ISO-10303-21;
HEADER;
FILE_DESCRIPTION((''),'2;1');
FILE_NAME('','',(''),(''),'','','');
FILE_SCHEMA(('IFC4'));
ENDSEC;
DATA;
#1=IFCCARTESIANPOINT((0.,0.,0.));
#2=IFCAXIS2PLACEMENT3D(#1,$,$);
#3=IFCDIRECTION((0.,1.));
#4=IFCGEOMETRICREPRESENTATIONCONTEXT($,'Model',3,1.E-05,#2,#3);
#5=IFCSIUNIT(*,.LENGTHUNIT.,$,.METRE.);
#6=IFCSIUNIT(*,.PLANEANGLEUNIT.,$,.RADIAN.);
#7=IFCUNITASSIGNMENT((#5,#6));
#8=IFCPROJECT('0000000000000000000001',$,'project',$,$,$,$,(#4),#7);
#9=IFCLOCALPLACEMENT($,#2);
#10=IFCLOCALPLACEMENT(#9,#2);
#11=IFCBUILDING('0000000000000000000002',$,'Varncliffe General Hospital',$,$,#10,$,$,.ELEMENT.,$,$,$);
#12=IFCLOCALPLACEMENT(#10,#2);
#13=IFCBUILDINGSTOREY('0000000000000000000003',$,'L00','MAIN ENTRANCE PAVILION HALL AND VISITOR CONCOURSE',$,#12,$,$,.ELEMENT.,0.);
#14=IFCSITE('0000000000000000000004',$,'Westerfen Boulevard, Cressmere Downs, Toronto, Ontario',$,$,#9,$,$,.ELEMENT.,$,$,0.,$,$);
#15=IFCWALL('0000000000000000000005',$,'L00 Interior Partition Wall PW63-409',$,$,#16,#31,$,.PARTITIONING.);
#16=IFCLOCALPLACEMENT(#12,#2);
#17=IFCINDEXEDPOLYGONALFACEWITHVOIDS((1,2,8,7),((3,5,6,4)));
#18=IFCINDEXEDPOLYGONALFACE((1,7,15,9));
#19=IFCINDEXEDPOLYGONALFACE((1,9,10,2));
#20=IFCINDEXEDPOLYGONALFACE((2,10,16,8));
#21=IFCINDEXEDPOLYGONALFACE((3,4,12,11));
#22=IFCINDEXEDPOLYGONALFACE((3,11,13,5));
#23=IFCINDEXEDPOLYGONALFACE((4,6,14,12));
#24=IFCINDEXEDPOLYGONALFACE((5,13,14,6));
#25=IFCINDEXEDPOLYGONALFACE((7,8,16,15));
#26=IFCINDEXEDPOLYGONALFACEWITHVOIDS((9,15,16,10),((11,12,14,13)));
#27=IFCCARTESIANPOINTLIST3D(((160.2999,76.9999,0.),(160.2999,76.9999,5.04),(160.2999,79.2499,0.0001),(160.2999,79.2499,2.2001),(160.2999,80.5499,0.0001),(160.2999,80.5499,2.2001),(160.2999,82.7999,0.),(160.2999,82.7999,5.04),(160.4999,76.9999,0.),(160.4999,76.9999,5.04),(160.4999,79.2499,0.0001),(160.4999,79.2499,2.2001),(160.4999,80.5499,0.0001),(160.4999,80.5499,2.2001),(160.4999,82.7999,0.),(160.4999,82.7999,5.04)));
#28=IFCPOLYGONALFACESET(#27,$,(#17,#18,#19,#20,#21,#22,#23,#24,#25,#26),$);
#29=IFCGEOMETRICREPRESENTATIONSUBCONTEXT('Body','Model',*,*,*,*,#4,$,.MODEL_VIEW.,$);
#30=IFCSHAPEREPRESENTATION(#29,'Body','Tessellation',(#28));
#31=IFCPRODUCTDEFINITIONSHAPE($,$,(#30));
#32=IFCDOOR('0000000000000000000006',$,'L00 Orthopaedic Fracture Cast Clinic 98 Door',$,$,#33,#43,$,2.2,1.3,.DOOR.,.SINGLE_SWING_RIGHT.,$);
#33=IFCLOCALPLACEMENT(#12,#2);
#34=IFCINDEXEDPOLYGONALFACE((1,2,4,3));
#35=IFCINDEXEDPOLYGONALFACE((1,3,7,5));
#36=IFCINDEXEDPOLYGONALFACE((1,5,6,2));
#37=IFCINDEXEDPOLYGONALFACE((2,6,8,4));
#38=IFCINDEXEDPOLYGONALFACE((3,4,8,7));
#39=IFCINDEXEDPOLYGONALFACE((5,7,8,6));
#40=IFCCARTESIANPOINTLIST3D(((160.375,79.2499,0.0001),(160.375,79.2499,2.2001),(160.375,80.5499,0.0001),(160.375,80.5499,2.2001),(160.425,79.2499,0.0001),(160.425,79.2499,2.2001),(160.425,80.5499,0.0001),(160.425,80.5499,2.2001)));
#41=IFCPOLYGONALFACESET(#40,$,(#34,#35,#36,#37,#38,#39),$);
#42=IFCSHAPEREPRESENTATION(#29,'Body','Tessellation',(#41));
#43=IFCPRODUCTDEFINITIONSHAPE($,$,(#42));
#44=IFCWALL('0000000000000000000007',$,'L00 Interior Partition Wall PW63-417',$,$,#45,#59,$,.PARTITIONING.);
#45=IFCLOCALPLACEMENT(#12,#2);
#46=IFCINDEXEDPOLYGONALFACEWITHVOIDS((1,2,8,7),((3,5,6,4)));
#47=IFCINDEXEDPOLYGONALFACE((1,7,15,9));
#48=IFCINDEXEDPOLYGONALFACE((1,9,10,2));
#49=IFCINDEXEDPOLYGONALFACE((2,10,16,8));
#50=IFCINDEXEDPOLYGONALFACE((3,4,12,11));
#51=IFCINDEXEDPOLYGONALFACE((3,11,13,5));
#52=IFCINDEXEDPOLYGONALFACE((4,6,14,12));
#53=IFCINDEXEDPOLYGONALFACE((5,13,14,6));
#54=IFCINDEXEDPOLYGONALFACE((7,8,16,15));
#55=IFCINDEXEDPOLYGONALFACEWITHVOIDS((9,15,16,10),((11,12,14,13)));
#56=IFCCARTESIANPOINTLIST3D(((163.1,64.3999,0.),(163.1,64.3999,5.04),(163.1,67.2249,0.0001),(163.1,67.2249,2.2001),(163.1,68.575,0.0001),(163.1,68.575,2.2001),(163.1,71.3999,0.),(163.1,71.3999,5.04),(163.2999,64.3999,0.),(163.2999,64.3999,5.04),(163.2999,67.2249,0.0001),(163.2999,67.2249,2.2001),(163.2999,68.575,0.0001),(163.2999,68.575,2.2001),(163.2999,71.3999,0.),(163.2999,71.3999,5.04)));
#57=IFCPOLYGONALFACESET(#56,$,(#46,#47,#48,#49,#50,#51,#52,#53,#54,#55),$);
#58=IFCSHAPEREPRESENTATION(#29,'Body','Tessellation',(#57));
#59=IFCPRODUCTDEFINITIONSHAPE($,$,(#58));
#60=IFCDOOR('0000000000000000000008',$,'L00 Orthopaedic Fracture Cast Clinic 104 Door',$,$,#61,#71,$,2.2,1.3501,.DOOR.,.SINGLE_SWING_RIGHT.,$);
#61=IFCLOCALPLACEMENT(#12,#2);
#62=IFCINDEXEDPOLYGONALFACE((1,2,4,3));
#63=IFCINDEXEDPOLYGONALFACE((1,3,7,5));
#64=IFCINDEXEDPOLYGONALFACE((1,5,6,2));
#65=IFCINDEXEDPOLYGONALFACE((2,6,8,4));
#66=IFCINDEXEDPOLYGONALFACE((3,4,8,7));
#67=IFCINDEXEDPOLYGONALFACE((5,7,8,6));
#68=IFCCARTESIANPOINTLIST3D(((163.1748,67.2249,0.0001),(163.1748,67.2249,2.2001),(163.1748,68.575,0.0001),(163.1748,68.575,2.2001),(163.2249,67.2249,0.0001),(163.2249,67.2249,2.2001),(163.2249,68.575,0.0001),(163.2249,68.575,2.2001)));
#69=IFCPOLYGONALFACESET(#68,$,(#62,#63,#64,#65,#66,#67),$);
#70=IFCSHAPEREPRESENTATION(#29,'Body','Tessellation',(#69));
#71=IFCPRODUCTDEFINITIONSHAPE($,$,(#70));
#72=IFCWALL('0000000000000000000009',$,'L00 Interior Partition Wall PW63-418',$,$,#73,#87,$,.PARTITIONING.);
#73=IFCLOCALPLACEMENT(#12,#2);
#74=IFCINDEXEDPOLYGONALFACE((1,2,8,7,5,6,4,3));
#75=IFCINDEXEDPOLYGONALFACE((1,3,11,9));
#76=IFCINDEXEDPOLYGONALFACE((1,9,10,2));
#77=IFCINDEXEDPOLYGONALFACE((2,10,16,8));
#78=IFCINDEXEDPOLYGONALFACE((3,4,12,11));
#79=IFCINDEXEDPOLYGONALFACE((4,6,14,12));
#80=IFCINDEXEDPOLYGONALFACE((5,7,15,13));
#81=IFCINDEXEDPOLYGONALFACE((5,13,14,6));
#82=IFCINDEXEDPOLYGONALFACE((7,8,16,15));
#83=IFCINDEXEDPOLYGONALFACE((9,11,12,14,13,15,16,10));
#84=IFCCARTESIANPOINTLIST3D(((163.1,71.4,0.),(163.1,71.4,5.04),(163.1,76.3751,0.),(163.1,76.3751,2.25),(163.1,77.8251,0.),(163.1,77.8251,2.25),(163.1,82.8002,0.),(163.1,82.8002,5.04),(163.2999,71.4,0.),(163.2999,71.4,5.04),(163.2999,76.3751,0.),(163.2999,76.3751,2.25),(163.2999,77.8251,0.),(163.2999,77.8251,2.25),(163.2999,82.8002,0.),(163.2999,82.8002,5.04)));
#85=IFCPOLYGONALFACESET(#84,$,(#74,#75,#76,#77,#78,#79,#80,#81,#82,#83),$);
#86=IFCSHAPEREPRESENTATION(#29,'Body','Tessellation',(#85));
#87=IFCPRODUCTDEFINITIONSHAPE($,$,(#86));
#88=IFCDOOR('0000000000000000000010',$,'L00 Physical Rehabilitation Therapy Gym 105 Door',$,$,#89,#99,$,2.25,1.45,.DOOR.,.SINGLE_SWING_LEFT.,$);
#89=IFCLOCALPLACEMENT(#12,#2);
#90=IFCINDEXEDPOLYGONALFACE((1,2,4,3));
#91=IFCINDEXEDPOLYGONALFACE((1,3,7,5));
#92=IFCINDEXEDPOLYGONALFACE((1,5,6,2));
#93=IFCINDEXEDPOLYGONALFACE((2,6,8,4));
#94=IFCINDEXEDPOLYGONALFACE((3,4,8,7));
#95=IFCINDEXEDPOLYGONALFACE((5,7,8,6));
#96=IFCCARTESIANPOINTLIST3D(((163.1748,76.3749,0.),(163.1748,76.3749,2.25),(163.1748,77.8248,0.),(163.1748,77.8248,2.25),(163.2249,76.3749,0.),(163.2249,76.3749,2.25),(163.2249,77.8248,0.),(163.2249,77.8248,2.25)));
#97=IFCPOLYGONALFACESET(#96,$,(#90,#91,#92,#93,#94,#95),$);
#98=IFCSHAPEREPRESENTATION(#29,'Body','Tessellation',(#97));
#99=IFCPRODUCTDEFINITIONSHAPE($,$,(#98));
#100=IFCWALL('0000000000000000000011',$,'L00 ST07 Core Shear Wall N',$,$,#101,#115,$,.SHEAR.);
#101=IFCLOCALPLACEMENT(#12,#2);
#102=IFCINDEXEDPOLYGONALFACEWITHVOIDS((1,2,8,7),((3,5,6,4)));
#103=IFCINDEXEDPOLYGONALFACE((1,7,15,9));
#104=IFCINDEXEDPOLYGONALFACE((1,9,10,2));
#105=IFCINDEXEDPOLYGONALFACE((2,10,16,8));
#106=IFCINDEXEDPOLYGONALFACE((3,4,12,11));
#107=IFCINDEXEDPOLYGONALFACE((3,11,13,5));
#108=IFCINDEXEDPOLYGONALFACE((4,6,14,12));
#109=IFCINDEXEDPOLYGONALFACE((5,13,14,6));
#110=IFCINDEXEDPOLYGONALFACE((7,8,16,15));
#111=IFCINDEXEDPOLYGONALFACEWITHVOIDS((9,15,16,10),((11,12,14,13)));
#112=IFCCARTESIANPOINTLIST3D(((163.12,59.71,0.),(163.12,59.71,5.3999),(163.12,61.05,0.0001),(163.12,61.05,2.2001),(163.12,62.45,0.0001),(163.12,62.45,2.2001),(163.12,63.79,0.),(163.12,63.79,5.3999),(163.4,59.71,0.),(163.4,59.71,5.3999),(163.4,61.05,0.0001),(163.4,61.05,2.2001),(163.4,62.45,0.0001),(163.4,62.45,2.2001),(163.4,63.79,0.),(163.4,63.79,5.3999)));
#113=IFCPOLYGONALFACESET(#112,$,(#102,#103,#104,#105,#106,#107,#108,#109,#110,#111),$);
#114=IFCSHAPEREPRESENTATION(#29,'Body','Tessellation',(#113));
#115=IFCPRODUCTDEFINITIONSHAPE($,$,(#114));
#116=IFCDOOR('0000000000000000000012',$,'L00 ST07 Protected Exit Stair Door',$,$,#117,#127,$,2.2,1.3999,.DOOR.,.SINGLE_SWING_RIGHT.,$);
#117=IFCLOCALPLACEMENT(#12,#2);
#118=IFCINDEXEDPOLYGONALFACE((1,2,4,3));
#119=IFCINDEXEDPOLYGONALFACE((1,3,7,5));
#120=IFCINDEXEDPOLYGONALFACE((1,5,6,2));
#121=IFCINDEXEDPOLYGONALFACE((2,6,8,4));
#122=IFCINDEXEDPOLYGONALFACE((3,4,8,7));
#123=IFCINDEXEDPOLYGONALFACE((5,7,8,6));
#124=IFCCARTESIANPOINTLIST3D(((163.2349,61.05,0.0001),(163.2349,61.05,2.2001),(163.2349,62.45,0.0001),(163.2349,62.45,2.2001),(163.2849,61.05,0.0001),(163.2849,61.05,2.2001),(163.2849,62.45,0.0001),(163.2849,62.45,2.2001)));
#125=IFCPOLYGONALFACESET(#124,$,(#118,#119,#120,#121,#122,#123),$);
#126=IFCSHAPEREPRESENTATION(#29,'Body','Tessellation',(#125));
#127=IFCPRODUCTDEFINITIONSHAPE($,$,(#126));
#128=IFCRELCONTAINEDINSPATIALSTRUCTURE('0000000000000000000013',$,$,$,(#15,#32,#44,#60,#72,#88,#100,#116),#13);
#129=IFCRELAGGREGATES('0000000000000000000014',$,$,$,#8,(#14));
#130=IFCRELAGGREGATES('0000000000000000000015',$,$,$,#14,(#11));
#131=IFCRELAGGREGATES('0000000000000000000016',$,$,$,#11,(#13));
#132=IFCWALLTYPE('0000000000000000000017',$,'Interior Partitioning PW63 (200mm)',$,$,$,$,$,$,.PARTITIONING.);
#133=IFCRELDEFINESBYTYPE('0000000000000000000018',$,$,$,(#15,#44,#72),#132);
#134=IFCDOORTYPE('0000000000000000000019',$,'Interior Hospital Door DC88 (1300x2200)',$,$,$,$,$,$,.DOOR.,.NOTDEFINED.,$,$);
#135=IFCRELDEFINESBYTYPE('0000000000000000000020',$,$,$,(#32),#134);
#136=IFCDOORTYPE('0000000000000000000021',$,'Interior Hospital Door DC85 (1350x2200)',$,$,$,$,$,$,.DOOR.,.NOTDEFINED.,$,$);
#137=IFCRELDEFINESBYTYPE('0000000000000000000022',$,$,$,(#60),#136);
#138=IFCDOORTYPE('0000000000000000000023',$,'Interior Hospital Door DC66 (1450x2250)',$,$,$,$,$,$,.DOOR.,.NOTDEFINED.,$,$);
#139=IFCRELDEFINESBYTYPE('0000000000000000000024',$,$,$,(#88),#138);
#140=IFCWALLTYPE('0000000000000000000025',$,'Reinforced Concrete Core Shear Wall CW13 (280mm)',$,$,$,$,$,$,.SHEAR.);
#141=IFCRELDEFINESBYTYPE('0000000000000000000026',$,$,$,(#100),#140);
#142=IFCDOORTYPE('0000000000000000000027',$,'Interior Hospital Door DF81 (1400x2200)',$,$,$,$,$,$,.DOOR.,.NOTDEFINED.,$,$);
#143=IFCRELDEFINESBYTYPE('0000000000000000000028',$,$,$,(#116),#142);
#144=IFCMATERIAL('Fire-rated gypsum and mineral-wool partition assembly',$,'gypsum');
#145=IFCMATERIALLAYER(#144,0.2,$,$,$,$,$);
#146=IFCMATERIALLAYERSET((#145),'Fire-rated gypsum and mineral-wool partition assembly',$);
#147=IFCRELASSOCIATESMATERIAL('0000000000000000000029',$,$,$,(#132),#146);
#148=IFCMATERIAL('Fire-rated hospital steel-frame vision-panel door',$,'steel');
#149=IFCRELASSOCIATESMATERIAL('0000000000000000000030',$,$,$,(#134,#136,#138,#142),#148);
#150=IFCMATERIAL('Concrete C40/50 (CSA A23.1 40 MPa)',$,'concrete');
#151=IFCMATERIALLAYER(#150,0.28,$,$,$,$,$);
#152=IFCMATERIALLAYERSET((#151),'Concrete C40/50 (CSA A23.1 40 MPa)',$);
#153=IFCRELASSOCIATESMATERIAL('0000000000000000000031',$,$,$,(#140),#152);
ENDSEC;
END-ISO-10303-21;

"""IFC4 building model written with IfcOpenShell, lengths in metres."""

from ifc_helpers import new_model, si_unit, direction, frame, frame_2d, origin, place, context, subcontext, project, spatial, rectangle, extrude, material, layer, layer_set, type_object, element, fill, save


model = new_model("IFC4")

# Units and contexts
model_context = context("Model", 3, precision=1e-05, world=origin(), true_north=direction((0.0, 1.0)))
body_context = subcontext(model_context, "Body", "Model", "MODEL_VIEW")
ifc_project = project(units=[si_unit("LENGTHUNIT", "METRE"), si_unit("PLANEANGLEUNIT", "RADIAN")], contexts=[model_context])

# Site, building, storey
site_placement = place(None, origin())
site = spatial("IfcSite", under=ifc_project, at=site_placement, Name="Westerfen Boulevard, Cressmere Downs, Toronto, Ontario", CompositionType="ELEMENT", RefElevation=0.0)
building_placement = place(site_placement, origin())
building = spatial("IfcBuilding", under=site, at=building_placement, Name="Varncliffe General Hospital", CompositionType="ELEMENT")
storey_placement = place(building_placement, origin())
storey = spatial("IfcBuildingStorey", under=building, at=storey_placement, Name="L00", Description="MAIN ENTRANCE PAVILION HALL AND VISITOR CONCOURSE", CompositionType="ELEMENT", Elevation=0.0)

# Shared definitions
ifc_material_1 = material(Name="Concrete C40/50 (CSA A23.1 40 MPa)", Category="concrete")

# Walls, openings, doors
ifc_material_2 = material(Name="Fire-rated gypsum and mineral-wool partition assembly", Category="gypsum")
ifc_layer_1 = layer(ifc_material_2, 0.2)
ifc_layer_set_1 = layer_set([ifc_layer_1], Name="Fire-rated gypsum and mineral-wool partition assembly")
wall_type_1 = type_object("IfcWallType", Name="Interior Partitioning PW63 (200mm)", PredefinedType="PARTITIONING", material=ifc_layer_set_1)
ifc_material_3 = material(Name="Fire-rated hospital steel-frame vision-panel door", Category="steel")
wall_1_placement = place(storey_placement, frame((160.3999, 77.0, 0.0), z_axis=(0.0, 0.0, 1.0), x_axis=(0.0, 1.0, 0.0)))
wall_1 = element("IfcWall", 1, at=wall_1_placement, inside=storey, type_object=wall_type_1, Name="L00 Interior Partition Wall PW63-409", PredefinedType="PARTITIONING", context=body_context, shape_type="SweptSolid", body=[
    extrude(rectangle(XDim=5.8, YDim=0.2, at=frame_2d((2.8999, 0.0))), origin(), (0.0, 0.0, 1.0), 5.04),
])
opening_1_placement = place(wall_1_placement, frame((2.25, 0.0, 0.0)))
opening_1 = element("IfcOpeningElement", 2, at=opening_1_placement, cuts=wall_1, PredefinedType="OPENING", context=body_context, shape_type="SweptSolid", body=[
    extrude(rectangle(XDim=1.3, YDim=2.2, at=frame_2d((0.6499, 1.1001))), frame((0.0, 0.1099, 0.0), z_axis=(0.0, -1.0, 0.0), x_axis=(1.0, 0.0, 0.0)), (0.0, 0.0, 1.0), 0.22),
])
door_type_1 = type_object("IfcDoorType", Name="Interior Hospital Door DC88 (1300x2200)", OperationType="NOTDEFINED", PredefinedType="DOOR", material=ifc_material_3)
door_1_placement = place(opening_1_placement, origin())
door_1 = element("IfcDoor", 3, at=door_1_placement, inside=storey, type_object=door_type_1, Name="L00 Orthopaedic Fracture Cast Clinic 98 Door", OperationType="SINGLE_SWING_RIGHT", OverallHeight=2.2, OverallWidth=1.3, PredefinedType="DOOR", context=body_context, shape_type="SweptSolid", body=[
    extrude(rectangle(XDim=1.3, YDim=2.2, at=frame_2d((0.6499, 1.1001))), frame((0.0, 0.0249, 0.0), z_axis=(0.0, -1.0, 0.0), x_axis=(1.0, 0.0, 0.0)), (0.0, 0.0, 1.0), 0.05),
])
fill(opening_1, door_1)
wall_2_placement = place(storey_placement, frame((163.2, 64.3999, 0.0), z_axis=(0.0, 0.0, 1.0), x_axis=(0.0, 1.0, 0.0)))
wall_2 = element("IfcWall", 4, at=wall_2_placement, inside=storey, type_object=wall_type_1, Name="L00 Interior Partition Wall PW63-417", PredefinedType="PARTITIONING", context=body_context, shape_type="SweptSolid", body=[
    extrude(rectangle(XDim=7.0, YDim=0.2, at=frame_2d((3.5, 0.0))), origin(), (0.0, 0.0, 1.0), 5.04),
])
opening_2_placement = place(wall_2_placement, frame((2.825, 0.0, 0.0)))
opening_2 = element("IfcOpeningElement", 5, at=opening_2_placement, cuts=wall_2, PredefinedType="OPENING", context=body_context, shape_type="SweptSolid", body=[
    extrude(rectangle(XDim=1.3501, YDim=2.2, at=frame_2d((0.675, 1.1001))), frame((0.0, 0.1099, 0.0), z_axis=(0.0, -1.0, 0.0), x_axis=(1.0, 0.0, 0.0)), (0.0, 0.0, 1.0), 0.22),
])
door_type_2 = type_object("IfcDoorType", Name="Interior Hospital Door DC85 (1350x2200)", OperationType="NOTDEFINED", PredefinedType="DOOR", material=ifc_material_3)
door_2_placement = place(opening_2_placement, frame((1.3501, 0.0, 0.0), z_axis=(0.0, 0.0, 1.0), x_axis=(-1.0, 0.0, 0.0)))
door_2 = element("IfcDoor", 6, at=door_2_placement, inside=storey, type_object=door_type_2, Name="L00 Orthopaedic Fracture Cast Clinic 104 Door", OperationType="SINGLE_SWING_RIGHT", OverallHeight=2.2, OverallWidth=1.3501, PredefinedType="DOOR", context=body_context, shape_type="SweptSolid", body=[
    extrude(rectangle(XDim=1.3501, YDim=2.2, at=frame_2d((0.675, 1.1001))), frame((0.0, 0.0249, 0.0), z_axis=(0.0, -1.0, 0.0), x_axis=(1.0, 0.0, 0.0)), (0.0, 0.0, 1.0), 0.05),
])
fill(opening_2, door_2)
wall_3_placement = place(storey_placement, frame((163.2, 71.3999, 0.0), z_axis=(0.0, 0.0, 1.0), x_axis=(0.0, 1.0, 0.0)))
wall_3 = element("IfcWall", 7, at=wall_3_placement, inside=storey, type_object=wall_type_1, Name="L00 Interior Partition Wall PW63-418", PredefinedType="PARTITIONING", context=body_context, shape_type="SweptSolid", body=[
    extrude(rectangle(XDim=11.4001, YDim=0.2, at=frame_2d((5.7002, 0.0))), origin(), (0.0, 0.0, 1.0), 5.04),
])
opening_3_placement = place(wall_3_placement, frame((4.9751, 0.0, 0.0)))
opening_3 = element("IfcOpeningElement", 8, at=opening_3_placement, cuts=wall_3, PredefinedType="OPENING", context=body_context, shape_type="SweptSolid", body=[
    extrude(rectangle(XDim=1.45, YDim=2.25, at=frame_2d((0.7251, 1.125))), frame((0.0, 0.1099, 0.0), z_axis=(0.0, -1.0, 0.0), x_axis=(1.0, 0.0, 0.0)), (0.0, 0.0, 1.0), 0.22),
])
door_type_3 = type_object("IfcDoorType", Name="Interior Hospital Door DC66 (1450x2250)", OperationType="NOTDEFINED", PredefinedType="DOOR", material=ifc_material_3)
door_3_placement = place(opening_3_placement, frame((1.45, 0.0, 0.0), z_axis=(0.0, 0.0, 1.0), x_axis=(-1.0, 0.0, 0.0)))
door_3 = element("IfcDoor", 9, at=door_3_placement, inside=storey, type_object=door_type_3, Name="L00 Physical Rehabilitation Therapy Gym 105 Door", OperationType="SINGLE_SWING_LEFT", OverallHeight=2.25, OverallWidth=1.45, PredefinedType="DOOR", context=body_context, shape_type="SweptSolid", body=[
    extrude(rectangle(XDim=1.45, YDim=2.25, at=frame_2d((0.7251, 1.125))), frame((0.0, 0.0249, 0.0), z_axis=(0.0, -1.0, 0.0), x_axis=(1.0, 0.0, 0.0)), (0.0, 0.0, 1.0), 0.05),
])
fill(opening_3, door_3)
ifc_layer_2 = layer(ifc_material_1, 0.28)
ifc_layer_set_2 = layer_set([ifc_layer_2], Name="Concrete C40/50 (CSA A23.1 40 MPa)")
wall_type_2 = type_object("IfcWallType", Name="Reinforced Concrete Core Shear Wall CW13 (280mm)", PredefinedType="SHEAR", material=ifc_layer_set_2)
wall_4_placement = place(storey_placement, frame((163.26, 63.79, 0.0), z_axis=(0.0, 0.0, 1.0), x_axis=(0.0, -1.0, 0.0)))
wall_4 = element("IfcWall", 10, at=wall_4_placement, inside=storey, type_object=wall_type_2, Name="L00 ST07 Core Shear Wall N", PredefinedType="SHEAR", context=body_context, shape_type="SweptSolid", body=[
    extrude(rectangle(XDim=4.0801, YDim=0.28, at=frame_2d((2.04, 0.0))), origin(), (0.0, 0.0, 1.0), 5.3999),
])
opening_4_placement = place(wall_4_placement, frame((1.3401, 0.0, 0.0)))
opening_4 = element("IfcOpeningElement", 11, at=opening_4_placement, cuts=wall_4, PredefinedType="OPENING", context=body_context, shape_type="SweptSolid", body=[
    extrude(rectangle(XDim=1.3999, YDim=2.2, at=frame_2d((0.7, 1.1001))), frame((0.0, 0.1499, 0.0), z_axis=(0.0, -1.0, 0.0), x_axis=(1.0, 0.0, 0.0)), (0.0, 0.0, 1.0), 0.3),
])
door_type_4 = type_object("IfcDoorType", Name="Interior Hospital Door DF81 (1400x2200)", OperationType="NOTDEFINED", PredefinedType="DOOR", material=ifc_material_3)
door_4_placement = place(opening_4_placement, origin())
door_4 = element("IfcDoor", 12, at=door_4_placement, inside=storey, type_object=door_type_4, Name="L00 ST07 Protected Exit Stair Door", OperationType="SINGLE_SWING_RIGHT", OverallHeight=2.2, OverallWidth=1.3999, PredefinedType="DOOR", context=body_context, shape_type="SweptSolid", body=[
    extrude(rectangle(XDim=1.3999, YDim=2.2, at=frame_2d((0.7, 1.1001))), frame((0.0, 0.0249, 0.0), z_axis=(0.0, -1.0, 0.0), x_axis=(1.0, 0.0, 0.0)), (0.0, 0.0, 1.0), 0.05),
])
fill(opening_4, door_4)

save(model, "model.ifc")
